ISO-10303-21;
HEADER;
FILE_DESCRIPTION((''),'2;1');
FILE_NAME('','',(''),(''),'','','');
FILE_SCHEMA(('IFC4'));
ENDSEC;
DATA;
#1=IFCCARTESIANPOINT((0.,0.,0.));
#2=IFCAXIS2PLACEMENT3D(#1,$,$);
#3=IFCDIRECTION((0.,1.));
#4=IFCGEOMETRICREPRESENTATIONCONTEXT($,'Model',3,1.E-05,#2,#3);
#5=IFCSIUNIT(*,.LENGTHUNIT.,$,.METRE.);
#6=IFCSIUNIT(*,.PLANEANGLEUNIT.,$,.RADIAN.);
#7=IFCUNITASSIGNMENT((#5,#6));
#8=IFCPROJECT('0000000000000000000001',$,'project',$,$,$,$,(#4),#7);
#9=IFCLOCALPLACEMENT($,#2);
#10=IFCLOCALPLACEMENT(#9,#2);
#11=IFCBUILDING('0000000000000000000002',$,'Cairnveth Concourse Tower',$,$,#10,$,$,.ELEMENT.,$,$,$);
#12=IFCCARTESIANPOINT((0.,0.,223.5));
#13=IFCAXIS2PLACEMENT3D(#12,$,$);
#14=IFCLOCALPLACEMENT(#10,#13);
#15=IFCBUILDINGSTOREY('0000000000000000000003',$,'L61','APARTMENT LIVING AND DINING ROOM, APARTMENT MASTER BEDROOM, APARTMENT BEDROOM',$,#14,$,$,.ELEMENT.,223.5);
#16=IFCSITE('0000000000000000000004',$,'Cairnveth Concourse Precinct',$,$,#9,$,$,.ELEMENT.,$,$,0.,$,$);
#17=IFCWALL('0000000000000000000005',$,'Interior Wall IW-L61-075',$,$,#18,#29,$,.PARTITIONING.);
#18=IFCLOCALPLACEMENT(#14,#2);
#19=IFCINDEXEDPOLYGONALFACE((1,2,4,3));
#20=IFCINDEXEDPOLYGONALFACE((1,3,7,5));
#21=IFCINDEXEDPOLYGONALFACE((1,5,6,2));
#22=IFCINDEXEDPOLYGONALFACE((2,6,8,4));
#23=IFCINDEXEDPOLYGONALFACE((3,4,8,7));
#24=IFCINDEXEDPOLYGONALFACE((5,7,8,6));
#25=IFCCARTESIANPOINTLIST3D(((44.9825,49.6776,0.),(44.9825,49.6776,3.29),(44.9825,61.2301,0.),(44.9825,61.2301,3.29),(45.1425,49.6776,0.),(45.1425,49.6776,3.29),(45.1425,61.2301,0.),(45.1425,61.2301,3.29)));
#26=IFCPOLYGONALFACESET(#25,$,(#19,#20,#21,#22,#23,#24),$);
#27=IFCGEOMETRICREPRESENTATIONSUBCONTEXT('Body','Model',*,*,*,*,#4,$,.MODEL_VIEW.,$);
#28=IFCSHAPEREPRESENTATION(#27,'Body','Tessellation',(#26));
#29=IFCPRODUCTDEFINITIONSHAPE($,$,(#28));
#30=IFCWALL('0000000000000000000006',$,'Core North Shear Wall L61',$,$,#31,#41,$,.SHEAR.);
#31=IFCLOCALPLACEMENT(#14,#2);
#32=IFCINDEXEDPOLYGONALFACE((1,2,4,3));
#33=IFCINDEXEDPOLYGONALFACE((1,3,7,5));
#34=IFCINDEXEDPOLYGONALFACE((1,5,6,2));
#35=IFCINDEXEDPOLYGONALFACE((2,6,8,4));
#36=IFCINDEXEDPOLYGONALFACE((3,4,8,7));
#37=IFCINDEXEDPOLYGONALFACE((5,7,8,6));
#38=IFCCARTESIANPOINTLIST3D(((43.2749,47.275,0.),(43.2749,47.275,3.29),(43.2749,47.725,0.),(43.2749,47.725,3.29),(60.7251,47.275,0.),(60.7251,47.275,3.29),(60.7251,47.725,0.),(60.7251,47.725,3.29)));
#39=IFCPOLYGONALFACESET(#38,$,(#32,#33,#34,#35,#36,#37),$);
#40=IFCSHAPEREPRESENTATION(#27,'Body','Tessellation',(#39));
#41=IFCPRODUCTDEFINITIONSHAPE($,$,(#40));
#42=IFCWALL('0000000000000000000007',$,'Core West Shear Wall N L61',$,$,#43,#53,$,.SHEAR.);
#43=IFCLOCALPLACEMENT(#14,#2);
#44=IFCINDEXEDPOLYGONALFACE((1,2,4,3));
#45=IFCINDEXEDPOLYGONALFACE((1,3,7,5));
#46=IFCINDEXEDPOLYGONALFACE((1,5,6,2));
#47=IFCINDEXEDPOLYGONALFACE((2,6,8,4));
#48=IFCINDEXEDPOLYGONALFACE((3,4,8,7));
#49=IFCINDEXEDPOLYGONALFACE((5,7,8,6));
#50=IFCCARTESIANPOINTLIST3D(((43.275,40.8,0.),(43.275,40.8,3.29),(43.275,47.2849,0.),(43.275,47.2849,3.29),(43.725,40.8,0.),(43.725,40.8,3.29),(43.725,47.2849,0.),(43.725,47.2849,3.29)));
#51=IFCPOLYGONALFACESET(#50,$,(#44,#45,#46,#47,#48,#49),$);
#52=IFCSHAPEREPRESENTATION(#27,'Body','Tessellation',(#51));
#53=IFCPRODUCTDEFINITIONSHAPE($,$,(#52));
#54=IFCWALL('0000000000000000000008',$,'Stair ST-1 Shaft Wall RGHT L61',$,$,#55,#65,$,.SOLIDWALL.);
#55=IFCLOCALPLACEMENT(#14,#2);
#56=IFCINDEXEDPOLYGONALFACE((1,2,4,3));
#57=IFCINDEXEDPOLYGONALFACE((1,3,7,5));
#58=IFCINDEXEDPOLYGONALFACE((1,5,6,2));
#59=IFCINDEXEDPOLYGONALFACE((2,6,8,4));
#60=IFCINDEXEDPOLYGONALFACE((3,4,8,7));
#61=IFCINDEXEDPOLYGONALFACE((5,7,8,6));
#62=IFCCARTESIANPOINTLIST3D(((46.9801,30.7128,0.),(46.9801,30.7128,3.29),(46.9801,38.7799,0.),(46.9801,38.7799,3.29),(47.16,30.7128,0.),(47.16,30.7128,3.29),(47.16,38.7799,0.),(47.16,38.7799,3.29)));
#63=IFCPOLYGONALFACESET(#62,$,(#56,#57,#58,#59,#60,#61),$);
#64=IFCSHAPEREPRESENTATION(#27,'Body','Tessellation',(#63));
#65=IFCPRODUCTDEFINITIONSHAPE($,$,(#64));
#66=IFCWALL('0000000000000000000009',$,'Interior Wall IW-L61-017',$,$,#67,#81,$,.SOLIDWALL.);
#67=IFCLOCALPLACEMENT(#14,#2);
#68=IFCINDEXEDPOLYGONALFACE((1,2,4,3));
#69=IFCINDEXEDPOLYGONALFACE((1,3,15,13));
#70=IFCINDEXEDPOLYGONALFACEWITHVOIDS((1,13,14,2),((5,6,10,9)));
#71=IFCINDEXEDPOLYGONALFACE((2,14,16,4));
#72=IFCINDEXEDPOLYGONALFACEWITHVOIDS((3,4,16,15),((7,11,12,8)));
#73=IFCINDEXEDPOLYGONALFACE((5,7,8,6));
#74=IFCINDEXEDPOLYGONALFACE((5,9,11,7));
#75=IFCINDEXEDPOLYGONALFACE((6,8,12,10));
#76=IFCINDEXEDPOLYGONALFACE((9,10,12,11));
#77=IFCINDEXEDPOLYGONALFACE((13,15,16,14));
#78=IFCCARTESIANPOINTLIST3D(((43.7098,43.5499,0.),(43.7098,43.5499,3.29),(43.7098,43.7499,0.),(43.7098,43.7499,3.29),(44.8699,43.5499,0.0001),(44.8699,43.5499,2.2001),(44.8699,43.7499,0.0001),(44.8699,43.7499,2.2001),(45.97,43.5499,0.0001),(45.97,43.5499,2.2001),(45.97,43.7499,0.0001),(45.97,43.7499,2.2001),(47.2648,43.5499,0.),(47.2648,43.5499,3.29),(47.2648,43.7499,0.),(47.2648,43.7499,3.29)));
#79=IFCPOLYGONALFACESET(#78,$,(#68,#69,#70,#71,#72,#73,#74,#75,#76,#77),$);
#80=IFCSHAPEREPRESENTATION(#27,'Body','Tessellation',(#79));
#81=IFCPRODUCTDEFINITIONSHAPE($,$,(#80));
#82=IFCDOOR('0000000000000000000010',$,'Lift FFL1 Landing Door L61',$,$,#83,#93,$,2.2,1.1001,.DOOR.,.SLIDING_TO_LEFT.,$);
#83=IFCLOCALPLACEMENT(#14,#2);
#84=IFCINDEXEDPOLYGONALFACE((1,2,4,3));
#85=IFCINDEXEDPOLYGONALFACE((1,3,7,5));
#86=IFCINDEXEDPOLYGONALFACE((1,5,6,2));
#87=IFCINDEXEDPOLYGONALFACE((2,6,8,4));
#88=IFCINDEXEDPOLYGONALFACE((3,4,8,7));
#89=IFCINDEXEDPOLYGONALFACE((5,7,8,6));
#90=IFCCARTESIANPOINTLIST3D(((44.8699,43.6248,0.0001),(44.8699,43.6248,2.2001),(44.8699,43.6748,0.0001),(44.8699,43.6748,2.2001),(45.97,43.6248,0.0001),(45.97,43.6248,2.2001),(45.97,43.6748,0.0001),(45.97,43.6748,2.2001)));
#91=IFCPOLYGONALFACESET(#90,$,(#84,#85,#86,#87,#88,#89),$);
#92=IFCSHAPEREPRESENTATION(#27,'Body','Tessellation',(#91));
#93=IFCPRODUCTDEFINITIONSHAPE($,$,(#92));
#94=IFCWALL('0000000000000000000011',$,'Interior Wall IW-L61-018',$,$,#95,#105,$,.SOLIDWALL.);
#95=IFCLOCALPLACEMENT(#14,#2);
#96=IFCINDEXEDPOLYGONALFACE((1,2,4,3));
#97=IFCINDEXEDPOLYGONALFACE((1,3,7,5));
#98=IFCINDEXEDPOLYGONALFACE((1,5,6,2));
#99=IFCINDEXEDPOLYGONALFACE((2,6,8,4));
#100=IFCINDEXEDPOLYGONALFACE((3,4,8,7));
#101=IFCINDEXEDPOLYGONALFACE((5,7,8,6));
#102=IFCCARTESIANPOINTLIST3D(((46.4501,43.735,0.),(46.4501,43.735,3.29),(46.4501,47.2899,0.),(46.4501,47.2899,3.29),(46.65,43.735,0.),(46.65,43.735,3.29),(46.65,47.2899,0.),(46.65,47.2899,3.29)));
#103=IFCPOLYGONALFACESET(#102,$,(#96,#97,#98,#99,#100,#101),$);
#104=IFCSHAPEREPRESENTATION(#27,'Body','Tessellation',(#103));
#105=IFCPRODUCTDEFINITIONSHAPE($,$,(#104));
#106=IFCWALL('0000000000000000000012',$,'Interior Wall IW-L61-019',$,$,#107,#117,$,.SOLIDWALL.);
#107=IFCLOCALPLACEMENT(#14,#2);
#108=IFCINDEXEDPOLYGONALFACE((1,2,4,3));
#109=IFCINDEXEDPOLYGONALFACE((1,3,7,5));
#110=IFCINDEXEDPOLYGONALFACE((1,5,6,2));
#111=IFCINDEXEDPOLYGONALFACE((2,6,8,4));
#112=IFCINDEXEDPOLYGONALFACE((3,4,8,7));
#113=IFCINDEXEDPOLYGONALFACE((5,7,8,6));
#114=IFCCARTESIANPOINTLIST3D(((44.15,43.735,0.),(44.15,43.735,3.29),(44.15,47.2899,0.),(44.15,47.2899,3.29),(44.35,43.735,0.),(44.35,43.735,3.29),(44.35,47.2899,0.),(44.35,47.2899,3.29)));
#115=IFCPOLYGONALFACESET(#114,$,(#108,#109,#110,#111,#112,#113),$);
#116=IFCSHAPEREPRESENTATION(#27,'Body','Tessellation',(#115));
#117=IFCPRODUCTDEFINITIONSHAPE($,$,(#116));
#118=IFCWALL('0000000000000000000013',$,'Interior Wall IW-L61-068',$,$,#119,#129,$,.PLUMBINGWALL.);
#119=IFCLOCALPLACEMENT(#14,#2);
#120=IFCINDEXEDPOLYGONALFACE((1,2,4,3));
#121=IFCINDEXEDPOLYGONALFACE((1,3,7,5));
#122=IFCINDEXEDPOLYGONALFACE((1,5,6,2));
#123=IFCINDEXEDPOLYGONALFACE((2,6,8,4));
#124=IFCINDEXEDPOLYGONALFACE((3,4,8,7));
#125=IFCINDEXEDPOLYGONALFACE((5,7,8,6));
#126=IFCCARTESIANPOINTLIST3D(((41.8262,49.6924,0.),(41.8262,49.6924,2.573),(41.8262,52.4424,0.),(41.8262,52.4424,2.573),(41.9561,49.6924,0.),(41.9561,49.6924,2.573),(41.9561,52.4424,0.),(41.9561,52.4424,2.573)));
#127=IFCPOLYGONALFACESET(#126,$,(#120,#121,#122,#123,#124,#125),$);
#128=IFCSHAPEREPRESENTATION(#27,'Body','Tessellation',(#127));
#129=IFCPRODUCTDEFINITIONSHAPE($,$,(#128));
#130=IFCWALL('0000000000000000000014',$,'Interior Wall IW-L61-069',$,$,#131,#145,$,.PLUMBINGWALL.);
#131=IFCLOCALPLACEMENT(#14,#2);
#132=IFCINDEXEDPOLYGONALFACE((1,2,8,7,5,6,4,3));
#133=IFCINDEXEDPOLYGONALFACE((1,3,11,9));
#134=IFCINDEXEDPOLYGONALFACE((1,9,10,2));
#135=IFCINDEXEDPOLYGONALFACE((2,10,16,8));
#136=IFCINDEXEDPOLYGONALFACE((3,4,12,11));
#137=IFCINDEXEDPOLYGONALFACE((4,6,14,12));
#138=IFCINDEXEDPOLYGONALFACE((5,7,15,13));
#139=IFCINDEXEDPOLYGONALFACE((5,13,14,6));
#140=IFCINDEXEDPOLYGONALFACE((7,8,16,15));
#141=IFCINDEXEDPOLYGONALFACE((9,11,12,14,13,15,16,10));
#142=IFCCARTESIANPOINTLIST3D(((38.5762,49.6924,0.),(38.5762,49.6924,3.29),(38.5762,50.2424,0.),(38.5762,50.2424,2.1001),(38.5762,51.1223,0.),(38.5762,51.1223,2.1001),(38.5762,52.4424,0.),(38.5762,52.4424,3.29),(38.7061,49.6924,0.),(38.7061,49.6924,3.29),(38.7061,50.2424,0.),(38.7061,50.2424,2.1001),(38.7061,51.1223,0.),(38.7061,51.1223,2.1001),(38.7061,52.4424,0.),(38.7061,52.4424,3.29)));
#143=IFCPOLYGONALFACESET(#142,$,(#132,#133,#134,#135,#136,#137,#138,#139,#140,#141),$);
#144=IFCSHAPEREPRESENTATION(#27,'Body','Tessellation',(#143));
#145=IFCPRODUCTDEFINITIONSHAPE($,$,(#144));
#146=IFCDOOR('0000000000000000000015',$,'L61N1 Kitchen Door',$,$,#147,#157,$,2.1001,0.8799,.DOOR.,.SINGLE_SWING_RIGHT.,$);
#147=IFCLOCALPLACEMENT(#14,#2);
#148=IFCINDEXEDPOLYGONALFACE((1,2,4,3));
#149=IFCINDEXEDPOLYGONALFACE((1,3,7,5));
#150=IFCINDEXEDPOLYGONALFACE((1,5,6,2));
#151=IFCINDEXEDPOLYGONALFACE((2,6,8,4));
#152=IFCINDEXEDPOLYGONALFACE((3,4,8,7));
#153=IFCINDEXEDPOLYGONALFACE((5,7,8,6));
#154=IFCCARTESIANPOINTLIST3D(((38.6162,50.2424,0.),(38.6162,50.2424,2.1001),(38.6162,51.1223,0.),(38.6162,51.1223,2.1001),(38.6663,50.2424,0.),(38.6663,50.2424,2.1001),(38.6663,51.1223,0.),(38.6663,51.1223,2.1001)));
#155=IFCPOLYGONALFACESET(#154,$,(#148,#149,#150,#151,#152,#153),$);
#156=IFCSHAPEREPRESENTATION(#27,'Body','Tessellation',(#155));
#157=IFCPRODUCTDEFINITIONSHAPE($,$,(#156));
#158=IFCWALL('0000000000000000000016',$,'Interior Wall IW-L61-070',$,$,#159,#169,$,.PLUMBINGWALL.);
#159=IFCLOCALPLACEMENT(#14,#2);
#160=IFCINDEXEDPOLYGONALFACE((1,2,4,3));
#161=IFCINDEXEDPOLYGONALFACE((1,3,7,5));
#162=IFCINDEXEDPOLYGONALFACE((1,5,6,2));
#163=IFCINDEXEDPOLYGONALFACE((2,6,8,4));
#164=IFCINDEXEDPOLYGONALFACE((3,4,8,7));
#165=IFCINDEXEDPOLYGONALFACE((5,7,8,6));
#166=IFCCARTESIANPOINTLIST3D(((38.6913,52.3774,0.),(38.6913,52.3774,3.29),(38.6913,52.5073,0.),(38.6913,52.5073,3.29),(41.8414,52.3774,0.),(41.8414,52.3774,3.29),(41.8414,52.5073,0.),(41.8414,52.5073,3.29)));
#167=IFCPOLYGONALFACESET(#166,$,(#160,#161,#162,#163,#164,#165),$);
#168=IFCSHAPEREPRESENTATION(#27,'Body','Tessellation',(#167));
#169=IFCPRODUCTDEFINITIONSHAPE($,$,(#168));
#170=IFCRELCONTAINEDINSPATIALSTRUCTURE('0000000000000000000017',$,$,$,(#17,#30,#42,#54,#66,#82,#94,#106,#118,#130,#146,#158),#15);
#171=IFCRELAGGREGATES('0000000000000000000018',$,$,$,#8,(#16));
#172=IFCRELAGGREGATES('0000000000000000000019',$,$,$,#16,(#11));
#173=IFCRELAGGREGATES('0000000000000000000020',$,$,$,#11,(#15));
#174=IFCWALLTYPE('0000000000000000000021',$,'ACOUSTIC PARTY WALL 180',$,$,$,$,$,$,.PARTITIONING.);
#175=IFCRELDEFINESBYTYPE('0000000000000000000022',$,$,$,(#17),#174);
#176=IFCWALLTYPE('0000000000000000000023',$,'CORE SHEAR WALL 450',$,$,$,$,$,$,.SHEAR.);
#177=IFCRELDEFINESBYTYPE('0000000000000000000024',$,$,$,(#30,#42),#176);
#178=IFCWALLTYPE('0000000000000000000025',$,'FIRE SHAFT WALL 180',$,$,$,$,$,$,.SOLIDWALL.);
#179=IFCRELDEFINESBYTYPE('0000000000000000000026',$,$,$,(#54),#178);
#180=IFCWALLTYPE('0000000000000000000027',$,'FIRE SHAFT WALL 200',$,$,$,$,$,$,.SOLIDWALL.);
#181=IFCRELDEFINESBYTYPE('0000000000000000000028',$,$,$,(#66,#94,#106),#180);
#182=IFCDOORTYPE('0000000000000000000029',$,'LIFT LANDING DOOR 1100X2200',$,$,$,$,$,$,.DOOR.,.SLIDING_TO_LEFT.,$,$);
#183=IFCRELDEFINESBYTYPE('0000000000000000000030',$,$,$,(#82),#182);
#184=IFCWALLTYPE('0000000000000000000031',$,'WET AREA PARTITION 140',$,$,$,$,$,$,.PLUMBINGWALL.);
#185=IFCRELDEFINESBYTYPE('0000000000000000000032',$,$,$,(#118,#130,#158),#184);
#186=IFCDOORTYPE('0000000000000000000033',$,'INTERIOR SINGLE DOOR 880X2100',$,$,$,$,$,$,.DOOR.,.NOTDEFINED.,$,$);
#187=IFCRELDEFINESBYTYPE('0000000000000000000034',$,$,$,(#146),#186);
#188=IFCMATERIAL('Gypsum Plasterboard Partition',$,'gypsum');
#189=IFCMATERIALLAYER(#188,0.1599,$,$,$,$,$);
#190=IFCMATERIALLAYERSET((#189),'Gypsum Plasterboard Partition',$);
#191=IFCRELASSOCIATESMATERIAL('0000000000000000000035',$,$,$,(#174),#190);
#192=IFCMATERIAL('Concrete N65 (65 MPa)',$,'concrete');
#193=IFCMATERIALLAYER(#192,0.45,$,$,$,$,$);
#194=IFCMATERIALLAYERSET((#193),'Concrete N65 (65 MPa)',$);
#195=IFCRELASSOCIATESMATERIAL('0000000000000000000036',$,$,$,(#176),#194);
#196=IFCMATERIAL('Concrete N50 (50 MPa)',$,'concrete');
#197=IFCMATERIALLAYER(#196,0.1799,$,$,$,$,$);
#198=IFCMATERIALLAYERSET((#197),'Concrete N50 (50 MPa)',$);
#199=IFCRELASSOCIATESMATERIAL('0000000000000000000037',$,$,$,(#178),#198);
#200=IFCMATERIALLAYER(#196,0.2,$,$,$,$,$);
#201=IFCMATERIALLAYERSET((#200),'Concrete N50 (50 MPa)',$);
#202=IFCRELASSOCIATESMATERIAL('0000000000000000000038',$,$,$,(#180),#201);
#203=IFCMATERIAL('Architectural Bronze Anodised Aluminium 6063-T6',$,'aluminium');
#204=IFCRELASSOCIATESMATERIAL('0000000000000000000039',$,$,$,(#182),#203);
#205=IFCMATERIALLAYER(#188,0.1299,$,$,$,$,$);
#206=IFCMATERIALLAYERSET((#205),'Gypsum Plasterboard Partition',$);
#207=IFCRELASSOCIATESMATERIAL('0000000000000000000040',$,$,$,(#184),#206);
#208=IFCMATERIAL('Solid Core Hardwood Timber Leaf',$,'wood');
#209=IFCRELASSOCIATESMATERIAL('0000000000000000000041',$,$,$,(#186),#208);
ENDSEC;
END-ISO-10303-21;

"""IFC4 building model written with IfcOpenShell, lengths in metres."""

from ifc_helpers import new_model, si_unit, direction, frame, frame_2d, origin, place, context, subcontext, project, spatial, rectangle, extrude, material, layer, layer_set, type_object, element, fill, save


model = new_model("IFC4")

# Units and contexts
model_context = context("Model", 3, precision=1e-05, world=origin(), true_north=direction((0.0, 1.0)))
body_context = subcontext(model_context, "Body", "Model", "MODEL_VIEW")
ifc_project = project(units=[si_unit("LENGTHUNIT", "METRE"), si_unit("PLANEANGLEUNIT", "RADIAN")], contexts=[model_context])

# Site, building, storey
site_placement = place(None, origin())
site = spatial("IfcSite", under=ifc_project, at=site_placement, Name="Cairnveth Concourse Precinct", CompositionType="ELEMENT", RefElevation=0.0)
building_placement = place(site_placement, origin())
building = spatial("IfcBuilding", under=site, at=building_placement, Name="Cairnveth Concourse Tower", CompositionType="ELEMENT")
storey_placement = place(building_placement, frame((0.0, 0.0, 223.5)))
storey = spatial("IfcBuildingStorey", under=building, at=storey_placement, Name="L61", Description="APARTMENT LIVING AND DINING ROOM, APARTMENT MASTER BEDROOM, APARTMENT BEDROOM", CompositionType="ELEMENT", Elevation=223.5)

# Shared definitions
ifc_material_1 = material(Name="Concrete N65 (65 MPa)", Category="concrete")

# Walls
ifc_material_2 = material(Name="Gypsum Plasterboard Partition", Category="gypsum")
ifc_layer_1 = layer(ifc_material_2, 0.1599)
ifc_layer_set_1 = layer_set([ifc_layer_1], Name="Gypsum Plasterboard Partition")
wall_type_1 = type_object("IfcWallType", Name="ACOUSTIC PARTY WALL 180", PredefinedType="PARTITIONING", material=ifc_layer_set_1)
wall_1_placement = place(storey_placement, frame((45.0625, 49.6775, 0.0), z_axis=(0.0, 0.0, 1.0), x_axis=(0.0, 1.0, 0.0)))
element("IfcWall", 1, at=wall_1_placement, inside=storey, type_object=wall_type_1, Name="Interior Wall IW-L61-075", PredefinedType="PARTITIONING", context=body_context, shape_type="SweptSolid", body=[
    extrude(rectangle(XDim=11.5525, YDim=0.1599, at=frame_2d((5.7764, 0.0))), origin(), (0.0, 0.0, 1.0), 3.29),
])
ifc_layer_2 = layer(ifc_material_1, 0.45)
ifc_layer_set_2 = layer_set([ifc_layer_2], Name="Concrete N65 (65 MPa)")
wall_type_2 = type_object("IfcWallType", Name="CORE SHEAR WALL 450", PredefinedType="SHEAR", material=ifc_layer_set_2)
wall_2_placement = place(storey_placement, frame((43.2749, 47.5, 0.0), z_axis=(0.0, 0.0, 1.0), x_axis=(1.0, 0.0, 0.0)))
element("IfcWall", 2, at=wall_2_placement, inside=storey, type_object=wall_type_2, Name="Core North Shear Wall L61", PredefinedType="SHEAR", context=body_context, shape_type="SweptSolid", body=[
    extrude(rectangle(XDim=17.4502, YDim=0.45, at=frame_2d((8.7251, 0.0))), origin(), (0.0, 0.0, 1.0), 3.29),
])
wall_3_placement = place(storey_placement, frame((43.5, 40.8, 0.0), z_axis=(0.0, 0.0, 1.0), x_axis=(0.0, 1.0, 0.0)))
element("IfcWall", 3, at=wall_3_placement, inside=storey, type_object=wall_type_2, Name="Core West Shear Wall N L61", PredefinedType="SHEAR", context=body_context, shape_type="SweptSolid", body=[
    extrude(rectangle(XDim=6.4849, YDim=0.45, at=frame_2d((3.2424, 0.0))), origin(), (0.0, 0.0, 1.0), 3.29),
])
ifc_material_3 = material(Name="Concrete N50 (50 MPa)", Category="concrete")
ifc_layer_3 = layer(ifc_material_3, 0.1799)
ifc_layer_set_3 = layer_set([ifc_layer_3], Name="Concrete N50 (50 MPa)")
wall_type_3 = type_object("IfcWallType", Name="FIRE SHAFT WALL 180", PredefinedType="SOLIDWALL", material=ifc_layer_set_3)
wall_4_placement = place(storey_placement, frame((47.0701, 38.78, 0.0), z_axis=(0.0, 0.0, 1.0), x_axis=(0.0, -1.0, 0.0)))
element("IfcWall", 4, at=wall_4_placement, inside=storey, type_object=wall_type_3, Name="Stair ST-1 Shaft Wall RGHT L61", PredefinedType="SOLIDWALL", context=body_context, shape_type="SweptSolid", body=[
    extrude(rectangle(XDim=8.0671, YDim=0.1799, at=frame_2d((4.0337, 0.0))), origin(), (0.0, 0.0, 1.0), 3.29),
])

# Wall, opening, door
ifc_layer_4 = layer(ifc_material_3, 0.2)
ifc_layer_set_4 = layer_set([ifc_layer_4], Name="Concrete N50 (50 MPa)")
wall_type_4 = type_object("IfcWallType", Name="FIRE SHAFT WALL 200", PredefinedType="SOLIDWALL", material=ifc_layer_set_4)
wall_5_placement = place(storey_placement, frame((43.71, 43.6499, 0.0), z_axis=(0.0, 0.0, 1.0), x_axis=(1.0, 0.0, 0.0)))
wall_5 = element("IfcWall", 5, at=wall_5_placement, inside=storey, type_object=wall_type_4, Name="Interior Wall IW-L61-017", PredefinedType="SOLIDWALL", context=body_context, shape_type="SweptSolid", body=[
    extrude(rectangle(XDim=3.5549, YDim=0.2, at=frame_2d((1.7773, 0.0))), origin(), (0.0, 0.0, 1.0), 3.29),
])
opening_1_placement = place(wall_5_placement, frame((1.1599, 0.0, 0.0)))
opening_1 = element("IfcOpeningElement", 6, at=opening_1_placement, cuts=wall_5, PredefinedType="OPENING", context=body_context, shape_type="SweptSolid", body=[
    extrude(rectangle(XDim=1.1001, YDim=2.2, at=frame_2d((0.55, 1.1001))), frame((0.0, 0.1099, 0.0), z_axis=(0.0, -1.0, 0.0), x_axis=(1.0, 0.0, 0.0)), (0.0, 0.0, 1.0), 0.22),
])
ifc_material_4 = material(Name="Architectural Bronze Anodised Aluminium 6063-T6", Category="aluminium")
door_type_1 = type_object("IfcDoorType", Name="LIFT LANDING DOOR 1100X2200", OperationType="SLIDING_TO_LEFT", PredefinedType="DOOR", material=ifc_material_4)
door_1_placement = place(opening_1_placement, origin())
door_1 = element("IfcDoor", 7, at=door_1_placement, inside=storey, type_object=door_type_1, Name="Lift FFL1 Landing Door L61", OperationType="SLIDING_TO_LEFT", OverallHeight=2.2, OverallWidth=1.1001, PredefinedType="DOOR", context=body_context, shape_type="SweptSolid", body=[
    extrude(rectangle(XDim=1.1001, YDim=2.2, at=frame_2d((0.55, 1.1001))), frame((0.0, 0.0249, 0.0), z_axis=(0.0, -1.0, 0.0), x_axis=(1.0, 0.0, 0.0)), (0.0, 0.0, 1.0), 0.05),
])
fill(opening_1, door_1)

# Walls
for number, where, z_axis, x_axis, name in (
    (8, (46.55, 43.7351, 0.0), (0.0, 0.0, 1.0), (0.0, 1.0, 0.0), "Interior Wall IW-L61-018"),
    (9, (44.25, 43.7351, 0.0), (0.0, 0.0, 1.0), (0.0, 1.0, 0.0), "Interior Wall IW-L61-019"),
):
    element("IfcWall", number, at=place(storey_placement, frame(where, z_axis=z_axis, x_axis=x_axis)), inside=storey, type_object=wall_type_4, Name=name, PredefinedType="SOLIDWALL", context=body_context, shape_type="SweptSolid", body=[
        extrude(rectangle(XDim=3.5549, YDim=0.2, at=frame_2d((1.7773, 0.0))), origin(), (0.0, 0.0, 1.0), 3.29),
    ])
ifc_layer_5 = layer(ifc_material_2, 0.1299)
ifc_layer_set_5 = layer_set([ifc_layer_5], Name="Gypsum Plasterboard Partition")
wall_type_5 = type_object("IfcWallType", Name="WET AREA PARTITION 140", PredefinedType="PLUMBINGWALL", material=ifc_layer_set_5)
wall_6_placement = place(storey_placement, frame((41.8911, 49.6924, 0.0), z_axis=(0.0, 0.0, 1.0), x_axis=(0.0, 1.0, 0.0)))
element("IfcWall", 10, at=wall_6_placement, inside=storey, type_object=wall_type_5, Name="Interior Wall IW-L61-068", PredefinedType="PLUMBINGWALL", context=body_context, shape_type="SweptSolid", body=[
    extrude(rectangle(XDim=2.75, YDim=0.1299, at=frame_2d((1.375, 0.0))), origin(), (0.0, 0.0, 1.0), 2.573),
])

# Wall, opening, door
wall_7_placement = place(storey_placement, frame((38.6411, 49.6924, 0.0), z_axis=(0.0, 0.0, 1.0), x_axis=(0.0, 1.0, 0.0)))
wall_7 = element("IfcWall", 11, at=wall_7_placement, inside=storey, type_object=wall_type_5, Name="Interior Wall IW-L61-069", PredefinedType="PLUMBINGWALL", context=body_context, shape_type="SweptSolid", body=[
    extrude(rectangle(XDim=2.75, YDim=0.1299, at=frame_2d((1.375, 0.0))), origin(), (0.0, 0.0, 1.0), 3.29),
])
opening_2_placement = place(wall_7_placement, frame((0.55, 0.0, 0.0)))
opening_2 = element("IfcOpeningElement", 12, at=opening_2_placement, cuts=wall_7, PredefinedType="OPENING", context=body_context, shape_type="SweptSolid", body=[
    extrude(rectangle(XDim=0.8799, YDim=2.1001, at=frame_2d((0.4399, 1.05))), frame((0.0, 0.075, 0.0), z_axis=(0.0, -1.0, 0.0), x_axis=(1.0, 0.0, 0.0)), (0.0, 0.0, 1.0), 0.1499),
])
ifc_material_5 = material(Name="Solid Core Hardwood Timber Leaf", Category="wood")
door_type_2 = type_object("IfcDoorType", Name="INTERIOR SINGLE DOOR 880X2100", OperationType="NOTDEFINED", PredefinedType="DOOR", material=ifc_material_5)
door_2_placement = place(opening_2_placement, origin())
door_2 = element("IfcDoor", 13, at=door_2_placement, inside=storey, type_object=door_type_2, Name="L61N1 Kitchen Door", OperationType="SINGLE_SWING_RIGHT", OverallHeight=2.1001, OverallWidth=0.8799, PredefinedType="DOOR", context=body_context, shape_type="SweptSolid", body=[
    extrude(rectangle(XDim=0.8799, YDim=2.1001, at=frame_2d((0.4399, 1.05))), frame((0.0, 0.0249, 0.0), z_axis=(0.0, -1.0, 0.0), x_axis=(1.0, 0.0, 0.0)), (0.0, 0.0, 1.0), 0.05),
])
fill(opening_2, door_2)

# Wall
wall_8_placement = place(storey_placement, frame((38.6912, 52.4424, 0.0), z_axis=(0.0, 0.0, 1.0), x_axis=(1.0, 0.0, 0.0)))
element("IfcWall", 14, at=wall_8_placement, inside=storey, type_object=wall_type_5, Name="Interior Wall IW-L61-070", PredefinedType="PLUMBINGWALL", context=body_context, shape_type="SweptSolid", body=[
    extrude(rectangle(XDim=3.1501, YDim=0.1299, at=frame_2d((1.5752, 0.0))), origin(), (0.0, 0.0, 1.0), 3.29),
])

save(model, "model.ifc")
